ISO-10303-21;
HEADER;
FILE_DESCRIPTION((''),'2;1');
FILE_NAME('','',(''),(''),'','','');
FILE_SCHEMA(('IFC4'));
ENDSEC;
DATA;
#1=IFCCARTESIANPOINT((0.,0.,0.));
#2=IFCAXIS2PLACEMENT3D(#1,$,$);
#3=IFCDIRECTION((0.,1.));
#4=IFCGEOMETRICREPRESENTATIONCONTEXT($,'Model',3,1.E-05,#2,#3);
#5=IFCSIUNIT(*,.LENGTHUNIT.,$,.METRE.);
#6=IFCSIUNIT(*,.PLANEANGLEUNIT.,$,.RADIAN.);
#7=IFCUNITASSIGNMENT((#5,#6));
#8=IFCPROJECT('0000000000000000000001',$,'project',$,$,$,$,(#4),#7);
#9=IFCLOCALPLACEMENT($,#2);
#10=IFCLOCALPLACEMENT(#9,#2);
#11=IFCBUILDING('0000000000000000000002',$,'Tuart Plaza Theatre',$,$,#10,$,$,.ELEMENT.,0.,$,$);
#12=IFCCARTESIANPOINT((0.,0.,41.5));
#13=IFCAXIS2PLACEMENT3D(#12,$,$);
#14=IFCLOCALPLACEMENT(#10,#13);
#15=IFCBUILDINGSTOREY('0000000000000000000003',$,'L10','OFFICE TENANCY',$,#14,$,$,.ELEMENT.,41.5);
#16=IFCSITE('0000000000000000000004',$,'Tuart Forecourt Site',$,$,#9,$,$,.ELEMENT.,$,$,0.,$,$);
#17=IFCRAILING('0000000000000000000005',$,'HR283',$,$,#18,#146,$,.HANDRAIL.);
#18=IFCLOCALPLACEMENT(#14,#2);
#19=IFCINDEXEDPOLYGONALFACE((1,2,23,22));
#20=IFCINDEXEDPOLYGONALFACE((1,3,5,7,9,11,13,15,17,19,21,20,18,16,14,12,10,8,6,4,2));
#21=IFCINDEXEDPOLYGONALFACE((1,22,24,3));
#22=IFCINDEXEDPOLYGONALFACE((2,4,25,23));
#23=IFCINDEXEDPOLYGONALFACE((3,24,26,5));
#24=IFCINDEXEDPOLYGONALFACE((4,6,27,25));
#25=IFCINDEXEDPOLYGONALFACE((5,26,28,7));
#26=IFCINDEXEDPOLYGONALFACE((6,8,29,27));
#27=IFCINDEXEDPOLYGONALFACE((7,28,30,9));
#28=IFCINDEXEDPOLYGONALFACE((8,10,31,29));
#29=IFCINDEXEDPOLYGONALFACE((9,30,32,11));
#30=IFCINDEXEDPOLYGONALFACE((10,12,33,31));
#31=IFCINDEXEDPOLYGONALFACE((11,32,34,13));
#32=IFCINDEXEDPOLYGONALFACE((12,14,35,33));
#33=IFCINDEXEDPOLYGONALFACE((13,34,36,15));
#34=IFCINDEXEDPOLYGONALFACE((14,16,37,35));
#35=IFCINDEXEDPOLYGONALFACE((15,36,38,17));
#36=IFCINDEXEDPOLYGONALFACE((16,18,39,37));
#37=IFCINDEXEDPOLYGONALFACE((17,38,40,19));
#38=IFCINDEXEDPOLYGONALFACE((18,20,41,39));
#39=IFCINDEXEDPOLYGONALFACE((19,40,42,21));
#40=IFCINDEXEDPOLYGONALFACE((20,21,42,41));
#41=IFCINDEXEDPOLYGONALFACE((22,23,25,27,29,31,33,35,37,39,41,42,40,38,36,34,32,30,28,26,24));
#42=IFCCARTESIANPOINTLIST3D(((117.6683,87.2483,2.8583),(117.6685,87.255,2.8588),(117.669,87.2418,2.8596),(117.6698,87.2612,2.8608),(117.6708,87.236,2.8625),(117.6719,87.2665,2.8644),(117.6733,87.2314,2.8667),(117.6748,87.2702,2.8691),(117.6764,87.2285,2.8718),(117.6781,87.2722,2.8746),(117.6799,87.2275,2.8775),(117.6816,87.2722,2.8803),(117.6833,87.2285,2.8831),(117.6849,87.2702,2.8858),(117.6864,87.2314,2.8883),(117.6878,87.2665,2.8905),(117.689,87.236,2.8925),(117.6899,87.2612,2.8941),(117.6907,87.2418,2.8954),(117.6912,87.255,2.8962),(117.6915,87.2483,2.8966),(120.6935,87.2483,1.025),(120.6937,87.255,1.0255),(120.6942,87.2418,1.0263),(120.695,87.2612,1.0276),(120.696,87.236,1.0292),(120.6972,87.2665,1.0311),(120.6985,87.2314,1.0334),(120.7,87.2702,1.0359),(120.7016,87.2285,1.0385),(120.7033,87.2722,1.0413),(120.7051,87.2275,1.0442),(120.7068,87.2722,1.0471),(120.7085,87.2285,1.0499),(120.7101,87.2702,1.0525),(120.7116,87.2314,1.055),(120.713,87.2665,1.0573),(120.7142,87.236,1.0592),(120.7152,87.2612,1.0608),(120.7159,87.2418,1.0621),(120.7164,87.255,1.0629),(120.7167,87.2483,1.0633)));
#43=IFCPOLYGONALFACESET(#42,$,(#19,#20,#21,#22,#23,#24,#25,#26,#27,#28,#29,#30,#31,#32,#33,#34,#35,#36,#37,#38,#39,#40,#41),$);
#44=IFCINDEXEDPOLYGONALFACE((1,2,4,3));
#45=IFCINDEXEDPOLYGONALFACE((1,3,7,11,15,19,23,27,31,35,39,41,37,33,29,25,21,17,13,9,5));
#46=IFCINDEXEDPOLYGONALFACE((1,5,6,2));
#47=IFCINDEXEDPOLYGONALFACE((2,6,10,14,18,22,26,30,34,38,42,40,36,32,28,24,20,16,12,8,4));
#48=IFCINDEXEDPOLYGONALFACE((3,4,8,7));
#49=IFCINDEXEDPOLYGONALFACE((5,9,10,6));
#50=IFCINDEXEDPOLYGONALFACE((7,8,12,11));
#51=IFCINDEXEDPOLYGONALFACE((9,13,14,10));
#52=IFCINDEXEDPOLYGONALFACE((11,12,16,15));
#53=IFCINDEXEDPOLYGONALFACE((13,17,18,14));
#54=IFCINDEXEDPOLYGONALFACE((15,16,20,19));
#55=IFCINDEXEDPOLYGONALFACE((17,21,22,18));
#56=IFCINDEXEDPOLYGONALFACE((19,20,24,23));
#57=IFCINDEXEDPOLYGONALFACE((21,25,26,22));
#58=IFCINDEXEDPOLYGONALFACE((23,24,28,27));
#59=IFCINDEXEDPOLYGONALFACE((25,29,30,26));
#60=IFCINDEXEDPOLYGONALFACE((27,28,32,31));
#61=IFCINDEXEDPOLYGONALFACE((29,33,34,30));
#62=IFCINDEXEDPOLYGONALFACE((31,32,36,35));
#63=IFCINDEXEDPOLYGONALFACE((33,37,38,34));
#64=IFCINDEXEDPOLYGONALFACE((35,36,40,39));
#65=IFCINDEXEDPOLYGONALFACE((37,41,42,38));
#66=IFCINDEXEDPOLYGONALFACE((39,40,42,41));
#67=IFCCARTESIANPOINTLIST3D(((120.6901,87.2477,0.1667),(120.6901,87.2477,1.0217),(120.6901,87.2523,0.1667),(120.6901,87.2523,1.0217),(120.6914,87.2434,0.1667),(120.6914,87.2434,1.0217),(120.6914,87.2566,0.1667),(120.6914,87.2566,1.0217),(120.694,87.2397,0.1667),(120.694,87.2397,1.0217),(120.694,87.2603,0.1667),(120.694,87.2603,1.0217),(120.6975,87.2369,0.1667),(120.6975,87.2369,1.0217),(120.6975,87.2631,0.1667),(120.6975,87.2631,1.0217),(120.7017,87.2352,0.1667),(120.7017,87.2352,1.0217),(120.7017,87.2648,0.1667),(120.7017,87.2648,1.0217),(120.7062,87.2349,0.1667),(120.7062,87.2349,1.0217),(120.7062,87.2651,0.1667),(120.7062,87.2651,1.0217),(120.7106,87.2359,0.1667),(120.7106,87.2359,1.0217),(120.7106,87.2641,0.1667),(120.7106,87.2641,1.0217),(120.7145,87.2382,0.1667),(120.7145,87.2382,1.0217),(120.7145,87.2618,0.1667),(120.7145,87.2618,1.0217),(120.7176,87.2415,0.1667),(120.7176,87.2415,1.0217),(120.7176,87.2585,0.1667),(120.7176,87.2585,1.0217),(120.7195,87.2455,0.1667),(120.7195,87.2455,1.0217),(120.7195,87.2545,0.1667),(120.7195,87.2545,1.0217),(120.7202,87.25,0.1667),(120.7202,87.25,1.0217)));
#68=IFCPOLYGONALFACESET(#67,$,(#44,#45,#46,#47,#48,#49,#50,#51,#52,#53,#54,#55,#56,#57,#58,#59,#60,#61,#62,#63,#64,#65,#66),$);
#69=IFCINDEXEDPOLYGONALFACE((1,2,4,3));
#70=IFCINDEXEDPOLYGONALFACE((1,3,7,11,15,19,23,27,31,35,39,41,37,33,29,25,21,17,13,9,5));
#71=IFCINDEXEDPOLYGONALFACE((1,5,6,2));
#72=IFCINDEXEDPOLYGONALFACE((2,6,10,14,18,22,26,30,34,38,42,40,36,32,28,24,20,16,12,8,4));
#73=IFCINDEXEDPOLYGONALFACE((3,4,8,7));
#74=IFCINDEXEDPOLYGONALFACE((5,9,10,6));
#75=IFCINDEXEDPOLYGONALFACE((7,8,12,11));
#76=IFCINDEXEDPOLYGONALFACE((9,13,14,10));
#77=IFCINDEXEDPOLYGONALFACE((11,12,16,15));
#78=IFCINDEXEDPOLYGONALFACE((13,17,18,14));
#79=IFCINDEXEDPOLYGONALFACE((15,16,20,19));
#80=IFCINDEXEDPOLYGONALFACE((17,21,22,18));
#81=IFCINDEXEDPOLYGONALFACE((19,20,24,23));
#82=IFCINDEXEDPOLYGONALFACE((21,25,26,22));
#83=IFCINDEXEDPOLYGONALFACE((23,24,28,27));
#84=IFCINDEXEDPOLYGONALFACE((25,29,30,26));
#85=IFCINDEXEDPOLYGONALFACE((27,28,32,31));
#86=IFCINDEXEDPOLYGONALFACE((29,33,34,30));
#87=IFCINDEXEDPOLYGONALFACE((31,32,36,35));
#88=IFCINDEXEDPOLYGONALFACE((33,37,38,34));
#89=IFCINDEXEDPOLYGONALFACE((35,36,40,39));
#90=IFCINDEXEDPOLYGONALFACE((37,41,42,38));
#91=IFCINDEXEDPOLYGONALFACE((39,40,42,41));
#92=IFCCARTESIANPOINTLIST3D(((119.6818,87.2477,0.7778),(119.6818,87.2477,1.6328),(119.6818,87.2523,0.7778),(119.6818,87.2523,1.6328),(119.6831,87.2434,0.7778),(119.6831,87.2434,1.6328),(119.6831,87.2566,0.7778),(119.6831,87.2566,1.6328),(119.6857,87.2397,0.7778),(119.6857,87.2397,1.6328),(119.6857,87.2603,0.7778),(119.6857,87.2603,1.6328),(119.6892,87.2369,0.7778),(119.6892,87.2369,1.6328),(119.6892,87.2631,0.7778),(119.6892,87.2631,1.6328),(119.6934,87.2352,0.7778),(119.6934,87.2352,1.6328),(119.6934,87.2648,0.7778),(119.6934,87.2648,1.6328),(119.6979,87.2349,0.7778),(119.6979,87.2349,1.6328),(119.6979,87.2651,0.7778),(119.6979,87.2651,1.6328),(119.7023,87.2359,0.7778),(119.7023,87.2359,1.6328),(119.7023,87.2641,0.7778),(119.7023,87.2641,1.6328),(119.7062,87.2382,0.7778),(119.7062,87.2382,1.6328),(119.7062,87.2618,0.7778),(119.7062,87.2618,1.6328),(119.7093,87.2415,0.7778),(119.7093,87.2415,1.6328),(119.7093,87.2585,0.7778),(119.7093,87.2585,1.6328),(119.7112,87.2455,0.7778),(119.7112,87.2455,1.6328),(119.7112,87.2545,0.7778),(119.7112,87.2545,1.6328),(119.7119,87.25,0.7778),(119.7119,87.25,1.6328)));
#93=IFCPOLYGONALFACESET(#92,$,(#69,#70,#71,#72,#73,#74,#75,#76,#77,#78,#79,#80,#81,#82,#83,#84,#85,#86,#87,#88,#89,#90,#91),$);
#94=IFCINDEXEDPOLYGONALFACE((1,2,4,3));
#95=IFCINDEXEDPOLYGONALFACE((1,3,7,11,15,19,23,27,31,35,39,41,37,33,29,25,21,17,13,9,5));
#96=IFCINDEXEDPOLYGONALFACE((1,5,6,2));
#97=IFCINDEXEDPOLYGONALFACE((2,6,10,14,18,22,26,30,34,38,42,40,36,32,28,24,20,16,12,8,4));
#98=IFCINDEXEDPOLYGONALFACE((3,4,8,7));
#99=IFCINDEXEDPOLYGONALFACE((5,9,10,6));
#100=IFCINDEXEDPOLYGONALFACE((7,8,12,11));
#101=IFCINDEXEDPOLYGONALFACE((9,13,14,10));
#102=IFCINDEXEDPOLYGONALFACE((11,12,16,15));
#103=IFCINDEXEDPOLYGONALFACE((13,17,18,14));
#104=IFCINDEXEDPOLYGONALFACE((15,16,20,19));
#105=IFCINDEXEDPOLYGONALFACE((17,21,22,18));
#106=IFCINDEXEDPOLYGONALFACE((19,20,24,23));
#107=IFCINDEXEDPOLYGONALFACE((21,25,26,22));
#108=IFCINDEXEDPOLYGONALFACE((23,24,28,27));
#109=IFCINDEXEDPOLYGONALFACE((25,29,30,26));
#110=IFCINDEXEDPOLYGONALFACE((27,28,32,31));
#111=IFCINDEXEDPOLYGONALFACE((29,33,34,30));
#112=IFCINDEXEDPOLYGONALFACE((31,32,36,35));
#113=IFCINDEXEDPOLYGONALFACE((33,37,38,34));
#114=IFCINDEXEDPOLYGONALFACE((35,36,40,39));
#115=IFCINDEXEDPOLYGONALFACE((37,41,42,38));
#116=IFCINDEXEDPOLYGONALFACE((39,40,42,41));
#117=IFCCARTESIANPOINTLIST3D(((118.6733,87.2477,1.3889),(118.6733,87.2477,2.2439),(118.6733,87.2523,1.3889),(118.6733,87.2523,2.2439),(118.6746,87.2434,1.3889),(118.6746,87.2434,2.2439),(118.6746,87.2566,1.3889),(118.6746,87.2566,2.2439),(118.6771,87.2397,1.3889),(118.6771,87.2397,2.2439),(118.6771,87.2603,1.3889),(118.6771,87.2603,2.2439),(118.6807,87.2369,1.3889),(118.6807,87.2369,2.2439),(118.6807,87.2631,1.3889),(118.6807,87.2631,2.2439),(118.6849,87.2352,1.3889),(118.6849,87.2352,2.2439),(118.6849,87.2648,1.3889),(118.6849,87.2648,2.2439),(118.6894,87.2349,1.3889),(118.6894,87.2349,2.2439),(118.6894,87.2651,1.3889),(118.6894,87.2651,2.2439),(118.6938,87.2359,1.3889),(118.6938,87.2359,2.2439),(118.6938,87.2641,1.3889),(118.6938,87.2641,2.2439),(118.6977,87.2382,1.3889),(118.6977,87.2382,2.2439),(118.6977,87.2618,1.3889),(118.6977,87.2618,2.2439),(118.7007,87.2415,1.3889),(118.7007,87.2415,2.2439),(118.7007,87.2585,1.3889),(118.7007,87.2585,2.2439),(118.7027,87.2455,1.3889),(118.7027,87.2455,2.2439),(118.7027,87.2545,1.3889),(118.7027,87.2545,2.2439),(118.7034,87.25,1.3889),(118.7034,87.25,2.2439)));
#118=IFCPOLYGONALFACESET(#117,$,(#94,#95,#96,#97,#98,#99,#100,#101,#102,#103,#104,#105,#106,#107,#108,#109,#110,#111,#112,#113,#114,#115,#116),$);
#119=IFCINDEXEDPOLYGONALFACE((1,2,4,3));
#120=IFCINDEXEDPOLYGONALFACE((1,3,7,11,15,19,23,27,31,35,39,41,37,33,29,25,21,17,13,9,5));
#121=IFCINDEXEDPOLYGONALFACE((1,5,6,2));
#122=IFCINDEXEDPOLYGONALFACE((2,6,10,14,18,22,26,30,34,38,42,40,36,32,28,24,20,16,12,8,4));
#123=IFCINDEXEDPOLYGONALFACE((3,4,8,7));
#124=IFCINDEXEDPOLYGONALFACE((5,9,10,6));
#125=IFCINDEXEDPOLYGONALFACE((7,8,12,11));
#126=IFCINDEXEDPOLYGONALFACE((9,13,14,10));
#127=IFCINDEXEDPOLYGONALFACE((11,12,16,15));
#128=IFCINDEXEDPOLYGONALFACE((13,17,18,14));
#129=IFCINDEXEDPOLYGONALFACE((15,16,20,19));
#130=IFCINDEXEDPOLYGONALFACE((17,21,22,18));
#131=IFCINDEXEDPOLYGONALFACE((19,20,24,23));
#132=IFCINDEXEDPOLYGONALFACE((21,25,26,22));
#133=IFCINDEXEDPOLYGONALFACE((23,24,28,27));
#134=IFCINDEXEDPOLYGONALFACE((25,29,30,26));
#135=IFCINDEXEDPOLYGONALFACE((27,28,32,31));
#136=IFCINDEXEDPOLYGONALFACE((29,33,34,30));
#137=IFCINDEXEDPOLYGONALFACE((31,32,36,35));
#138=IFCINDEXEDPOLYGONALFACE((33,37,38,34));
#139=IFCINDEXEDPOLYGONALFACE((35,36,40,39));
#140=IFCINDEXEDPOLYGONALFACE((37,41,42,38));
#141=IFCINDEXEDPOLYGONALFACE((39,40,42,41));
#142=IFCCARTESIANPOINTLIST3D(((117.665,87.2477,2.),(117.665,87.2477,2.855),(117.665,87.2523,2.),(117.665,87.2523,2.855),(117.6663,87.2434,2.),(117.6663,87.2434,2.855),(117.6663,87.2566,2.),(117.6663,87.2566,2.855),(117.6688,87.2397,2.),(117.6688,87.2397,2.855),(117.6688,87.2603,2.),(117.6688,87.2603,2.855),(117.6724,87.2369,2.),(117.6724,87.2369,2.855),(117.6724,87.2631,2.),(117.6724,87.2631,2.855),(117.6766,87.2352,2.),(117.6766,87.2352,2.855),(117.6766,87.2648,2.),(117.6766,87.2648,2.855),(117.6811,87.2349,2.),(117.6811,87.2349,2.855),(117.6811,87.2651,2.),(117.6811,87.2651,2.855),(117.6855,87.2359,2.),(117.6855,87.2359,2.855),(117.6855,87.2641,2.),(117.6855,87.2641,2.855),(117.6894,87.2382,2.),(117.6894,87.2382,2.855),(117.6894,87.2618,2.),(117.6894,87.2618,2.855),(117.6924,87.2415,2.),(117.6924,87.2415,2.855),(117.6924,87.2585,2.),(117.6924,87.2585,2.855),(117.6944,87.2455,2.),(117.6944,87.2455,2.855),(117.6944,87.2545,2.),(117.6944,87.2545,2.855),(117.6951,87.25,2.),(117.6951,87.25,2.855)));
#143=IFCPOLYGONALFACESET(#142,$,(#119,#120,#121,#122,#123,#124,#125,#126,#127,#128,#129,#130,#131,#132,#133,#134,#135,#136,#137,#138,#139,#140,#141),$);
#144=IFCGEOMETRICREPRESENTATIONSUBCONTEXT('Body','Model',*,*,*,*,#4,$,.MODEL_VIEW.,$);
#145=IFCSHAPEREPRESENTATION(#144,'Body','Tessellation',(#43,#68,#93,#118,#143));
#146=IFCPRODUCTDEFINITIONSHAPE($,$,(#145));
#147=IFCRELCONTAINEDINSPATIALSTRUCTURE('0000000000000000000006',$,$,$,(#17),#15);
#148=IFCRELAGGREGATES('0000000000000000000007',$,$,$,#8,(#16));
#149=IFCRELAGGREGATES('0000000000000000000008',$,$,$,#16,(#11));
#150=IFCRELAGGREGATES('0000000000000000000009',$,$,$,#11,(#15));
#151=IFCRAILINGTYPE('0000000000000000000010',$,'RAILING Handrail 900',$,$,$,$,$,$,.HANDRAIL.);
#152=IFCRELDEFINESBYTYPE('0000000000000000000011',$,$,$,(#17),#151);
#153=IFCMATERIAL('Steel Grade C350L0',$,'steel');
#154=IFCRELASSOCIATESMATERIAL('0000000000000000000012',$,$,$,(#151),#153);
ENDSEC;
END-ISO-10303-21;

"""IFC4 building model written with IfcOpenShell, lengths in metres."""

from ifc_helpers import new_model, si_unit, direction, frame, origin, origin_2d, place, context, subcontext, project, spatial, circle, extrude, material, type_object, element, save


model = new_model("IFC4")

# Units and contexts
model_context = context("Model", 3, precision=1e-05, world=origin(), true_north=direction((0.0, 1.0)))
body_context = subcontext(model_context, "Body", "Model", "MODEL_VIEW")
ifc_project = project(units=[si_unit("LENGTHUNIT", "METRE"), si_unit("PLANEANGLEUNIT", "RADIAN")], contexts=[model_context])

# Site, building, storey
site_placement = place(None, origin())
site = spatial("IfcSite", under=ifc_project, at=site_placement, Name="Tuart Forecourt Site", CompositionType="ELEMENT", RefElevation=0.0)
building_placement = place(site_placement, origin())
building = spatial("IfcBuilding", under=site, at=building_placement, Name="Tuart Plaza Theatre", CompositionType="ELEMENT", ElevationOfRefHeight=0.0)
storey_placement = place(building_placement, frame((0.0, 0.0, 41.5)))
storey = spatial("IfcBuildingStorey", under=building, at=storey_placement, Name="L10", Description="OFFICE TENANCY", CompositionType="ELEMENT", Elevation=41.5)

# Railing
ifc_material_1 = material(Name="Steel Grade C350L0", Category="steel")
railing_type_1 = type_object("IfcRailingType", Name="RAILING Handrail 900", PredefinedType="HANDRAIL", material=ifc_material_1)
for number, where, name in (
    (1, (120.7051, 87.25, 0.1667), "HR283"),
):
    element("IfcRailing", number, at=place(storey_placement, frame(where)), inside=storey, type_object=railing_type_1, Name=name, PredefinedType="HANDRAIL", context=body_context, shape_type="SweptSolid", body=[
        extrude(circle(Radius=0.0225, at=origin_2d()), frame((0.0, 0.0, 0.8774), z_axis=(-0.855219, 0.0, 0.518267), x_axis=(0.0, -1.0, 0.0)), (0.0, 0.0, 1.0), 3.5374),
        extrude(circle(Radius=0.0151, at=origin_2d()), origin(), (0.0, 0.0, 1.0), 0.855),
        extrude(circle(Radius=0.0151, at=origin_2d()), frame((-1.0083, 0.0, 0.6111)), (0.0, 0.0, 1.0), 0.855),
        extrude(circle(Radius=0.0151, at=origin_2d()), frame((-2.0168, 0.0, 1.2222)), (0.0, 0.0, 1.0), 0.855),
        extrude(circle(Radius=0.0151, at=origin_2d()), frame((-3.0251, 0.0, 1.8333)), (0.0, 0.0, 1.0), 0.855),
    ])

save(model, "model.ifc")
